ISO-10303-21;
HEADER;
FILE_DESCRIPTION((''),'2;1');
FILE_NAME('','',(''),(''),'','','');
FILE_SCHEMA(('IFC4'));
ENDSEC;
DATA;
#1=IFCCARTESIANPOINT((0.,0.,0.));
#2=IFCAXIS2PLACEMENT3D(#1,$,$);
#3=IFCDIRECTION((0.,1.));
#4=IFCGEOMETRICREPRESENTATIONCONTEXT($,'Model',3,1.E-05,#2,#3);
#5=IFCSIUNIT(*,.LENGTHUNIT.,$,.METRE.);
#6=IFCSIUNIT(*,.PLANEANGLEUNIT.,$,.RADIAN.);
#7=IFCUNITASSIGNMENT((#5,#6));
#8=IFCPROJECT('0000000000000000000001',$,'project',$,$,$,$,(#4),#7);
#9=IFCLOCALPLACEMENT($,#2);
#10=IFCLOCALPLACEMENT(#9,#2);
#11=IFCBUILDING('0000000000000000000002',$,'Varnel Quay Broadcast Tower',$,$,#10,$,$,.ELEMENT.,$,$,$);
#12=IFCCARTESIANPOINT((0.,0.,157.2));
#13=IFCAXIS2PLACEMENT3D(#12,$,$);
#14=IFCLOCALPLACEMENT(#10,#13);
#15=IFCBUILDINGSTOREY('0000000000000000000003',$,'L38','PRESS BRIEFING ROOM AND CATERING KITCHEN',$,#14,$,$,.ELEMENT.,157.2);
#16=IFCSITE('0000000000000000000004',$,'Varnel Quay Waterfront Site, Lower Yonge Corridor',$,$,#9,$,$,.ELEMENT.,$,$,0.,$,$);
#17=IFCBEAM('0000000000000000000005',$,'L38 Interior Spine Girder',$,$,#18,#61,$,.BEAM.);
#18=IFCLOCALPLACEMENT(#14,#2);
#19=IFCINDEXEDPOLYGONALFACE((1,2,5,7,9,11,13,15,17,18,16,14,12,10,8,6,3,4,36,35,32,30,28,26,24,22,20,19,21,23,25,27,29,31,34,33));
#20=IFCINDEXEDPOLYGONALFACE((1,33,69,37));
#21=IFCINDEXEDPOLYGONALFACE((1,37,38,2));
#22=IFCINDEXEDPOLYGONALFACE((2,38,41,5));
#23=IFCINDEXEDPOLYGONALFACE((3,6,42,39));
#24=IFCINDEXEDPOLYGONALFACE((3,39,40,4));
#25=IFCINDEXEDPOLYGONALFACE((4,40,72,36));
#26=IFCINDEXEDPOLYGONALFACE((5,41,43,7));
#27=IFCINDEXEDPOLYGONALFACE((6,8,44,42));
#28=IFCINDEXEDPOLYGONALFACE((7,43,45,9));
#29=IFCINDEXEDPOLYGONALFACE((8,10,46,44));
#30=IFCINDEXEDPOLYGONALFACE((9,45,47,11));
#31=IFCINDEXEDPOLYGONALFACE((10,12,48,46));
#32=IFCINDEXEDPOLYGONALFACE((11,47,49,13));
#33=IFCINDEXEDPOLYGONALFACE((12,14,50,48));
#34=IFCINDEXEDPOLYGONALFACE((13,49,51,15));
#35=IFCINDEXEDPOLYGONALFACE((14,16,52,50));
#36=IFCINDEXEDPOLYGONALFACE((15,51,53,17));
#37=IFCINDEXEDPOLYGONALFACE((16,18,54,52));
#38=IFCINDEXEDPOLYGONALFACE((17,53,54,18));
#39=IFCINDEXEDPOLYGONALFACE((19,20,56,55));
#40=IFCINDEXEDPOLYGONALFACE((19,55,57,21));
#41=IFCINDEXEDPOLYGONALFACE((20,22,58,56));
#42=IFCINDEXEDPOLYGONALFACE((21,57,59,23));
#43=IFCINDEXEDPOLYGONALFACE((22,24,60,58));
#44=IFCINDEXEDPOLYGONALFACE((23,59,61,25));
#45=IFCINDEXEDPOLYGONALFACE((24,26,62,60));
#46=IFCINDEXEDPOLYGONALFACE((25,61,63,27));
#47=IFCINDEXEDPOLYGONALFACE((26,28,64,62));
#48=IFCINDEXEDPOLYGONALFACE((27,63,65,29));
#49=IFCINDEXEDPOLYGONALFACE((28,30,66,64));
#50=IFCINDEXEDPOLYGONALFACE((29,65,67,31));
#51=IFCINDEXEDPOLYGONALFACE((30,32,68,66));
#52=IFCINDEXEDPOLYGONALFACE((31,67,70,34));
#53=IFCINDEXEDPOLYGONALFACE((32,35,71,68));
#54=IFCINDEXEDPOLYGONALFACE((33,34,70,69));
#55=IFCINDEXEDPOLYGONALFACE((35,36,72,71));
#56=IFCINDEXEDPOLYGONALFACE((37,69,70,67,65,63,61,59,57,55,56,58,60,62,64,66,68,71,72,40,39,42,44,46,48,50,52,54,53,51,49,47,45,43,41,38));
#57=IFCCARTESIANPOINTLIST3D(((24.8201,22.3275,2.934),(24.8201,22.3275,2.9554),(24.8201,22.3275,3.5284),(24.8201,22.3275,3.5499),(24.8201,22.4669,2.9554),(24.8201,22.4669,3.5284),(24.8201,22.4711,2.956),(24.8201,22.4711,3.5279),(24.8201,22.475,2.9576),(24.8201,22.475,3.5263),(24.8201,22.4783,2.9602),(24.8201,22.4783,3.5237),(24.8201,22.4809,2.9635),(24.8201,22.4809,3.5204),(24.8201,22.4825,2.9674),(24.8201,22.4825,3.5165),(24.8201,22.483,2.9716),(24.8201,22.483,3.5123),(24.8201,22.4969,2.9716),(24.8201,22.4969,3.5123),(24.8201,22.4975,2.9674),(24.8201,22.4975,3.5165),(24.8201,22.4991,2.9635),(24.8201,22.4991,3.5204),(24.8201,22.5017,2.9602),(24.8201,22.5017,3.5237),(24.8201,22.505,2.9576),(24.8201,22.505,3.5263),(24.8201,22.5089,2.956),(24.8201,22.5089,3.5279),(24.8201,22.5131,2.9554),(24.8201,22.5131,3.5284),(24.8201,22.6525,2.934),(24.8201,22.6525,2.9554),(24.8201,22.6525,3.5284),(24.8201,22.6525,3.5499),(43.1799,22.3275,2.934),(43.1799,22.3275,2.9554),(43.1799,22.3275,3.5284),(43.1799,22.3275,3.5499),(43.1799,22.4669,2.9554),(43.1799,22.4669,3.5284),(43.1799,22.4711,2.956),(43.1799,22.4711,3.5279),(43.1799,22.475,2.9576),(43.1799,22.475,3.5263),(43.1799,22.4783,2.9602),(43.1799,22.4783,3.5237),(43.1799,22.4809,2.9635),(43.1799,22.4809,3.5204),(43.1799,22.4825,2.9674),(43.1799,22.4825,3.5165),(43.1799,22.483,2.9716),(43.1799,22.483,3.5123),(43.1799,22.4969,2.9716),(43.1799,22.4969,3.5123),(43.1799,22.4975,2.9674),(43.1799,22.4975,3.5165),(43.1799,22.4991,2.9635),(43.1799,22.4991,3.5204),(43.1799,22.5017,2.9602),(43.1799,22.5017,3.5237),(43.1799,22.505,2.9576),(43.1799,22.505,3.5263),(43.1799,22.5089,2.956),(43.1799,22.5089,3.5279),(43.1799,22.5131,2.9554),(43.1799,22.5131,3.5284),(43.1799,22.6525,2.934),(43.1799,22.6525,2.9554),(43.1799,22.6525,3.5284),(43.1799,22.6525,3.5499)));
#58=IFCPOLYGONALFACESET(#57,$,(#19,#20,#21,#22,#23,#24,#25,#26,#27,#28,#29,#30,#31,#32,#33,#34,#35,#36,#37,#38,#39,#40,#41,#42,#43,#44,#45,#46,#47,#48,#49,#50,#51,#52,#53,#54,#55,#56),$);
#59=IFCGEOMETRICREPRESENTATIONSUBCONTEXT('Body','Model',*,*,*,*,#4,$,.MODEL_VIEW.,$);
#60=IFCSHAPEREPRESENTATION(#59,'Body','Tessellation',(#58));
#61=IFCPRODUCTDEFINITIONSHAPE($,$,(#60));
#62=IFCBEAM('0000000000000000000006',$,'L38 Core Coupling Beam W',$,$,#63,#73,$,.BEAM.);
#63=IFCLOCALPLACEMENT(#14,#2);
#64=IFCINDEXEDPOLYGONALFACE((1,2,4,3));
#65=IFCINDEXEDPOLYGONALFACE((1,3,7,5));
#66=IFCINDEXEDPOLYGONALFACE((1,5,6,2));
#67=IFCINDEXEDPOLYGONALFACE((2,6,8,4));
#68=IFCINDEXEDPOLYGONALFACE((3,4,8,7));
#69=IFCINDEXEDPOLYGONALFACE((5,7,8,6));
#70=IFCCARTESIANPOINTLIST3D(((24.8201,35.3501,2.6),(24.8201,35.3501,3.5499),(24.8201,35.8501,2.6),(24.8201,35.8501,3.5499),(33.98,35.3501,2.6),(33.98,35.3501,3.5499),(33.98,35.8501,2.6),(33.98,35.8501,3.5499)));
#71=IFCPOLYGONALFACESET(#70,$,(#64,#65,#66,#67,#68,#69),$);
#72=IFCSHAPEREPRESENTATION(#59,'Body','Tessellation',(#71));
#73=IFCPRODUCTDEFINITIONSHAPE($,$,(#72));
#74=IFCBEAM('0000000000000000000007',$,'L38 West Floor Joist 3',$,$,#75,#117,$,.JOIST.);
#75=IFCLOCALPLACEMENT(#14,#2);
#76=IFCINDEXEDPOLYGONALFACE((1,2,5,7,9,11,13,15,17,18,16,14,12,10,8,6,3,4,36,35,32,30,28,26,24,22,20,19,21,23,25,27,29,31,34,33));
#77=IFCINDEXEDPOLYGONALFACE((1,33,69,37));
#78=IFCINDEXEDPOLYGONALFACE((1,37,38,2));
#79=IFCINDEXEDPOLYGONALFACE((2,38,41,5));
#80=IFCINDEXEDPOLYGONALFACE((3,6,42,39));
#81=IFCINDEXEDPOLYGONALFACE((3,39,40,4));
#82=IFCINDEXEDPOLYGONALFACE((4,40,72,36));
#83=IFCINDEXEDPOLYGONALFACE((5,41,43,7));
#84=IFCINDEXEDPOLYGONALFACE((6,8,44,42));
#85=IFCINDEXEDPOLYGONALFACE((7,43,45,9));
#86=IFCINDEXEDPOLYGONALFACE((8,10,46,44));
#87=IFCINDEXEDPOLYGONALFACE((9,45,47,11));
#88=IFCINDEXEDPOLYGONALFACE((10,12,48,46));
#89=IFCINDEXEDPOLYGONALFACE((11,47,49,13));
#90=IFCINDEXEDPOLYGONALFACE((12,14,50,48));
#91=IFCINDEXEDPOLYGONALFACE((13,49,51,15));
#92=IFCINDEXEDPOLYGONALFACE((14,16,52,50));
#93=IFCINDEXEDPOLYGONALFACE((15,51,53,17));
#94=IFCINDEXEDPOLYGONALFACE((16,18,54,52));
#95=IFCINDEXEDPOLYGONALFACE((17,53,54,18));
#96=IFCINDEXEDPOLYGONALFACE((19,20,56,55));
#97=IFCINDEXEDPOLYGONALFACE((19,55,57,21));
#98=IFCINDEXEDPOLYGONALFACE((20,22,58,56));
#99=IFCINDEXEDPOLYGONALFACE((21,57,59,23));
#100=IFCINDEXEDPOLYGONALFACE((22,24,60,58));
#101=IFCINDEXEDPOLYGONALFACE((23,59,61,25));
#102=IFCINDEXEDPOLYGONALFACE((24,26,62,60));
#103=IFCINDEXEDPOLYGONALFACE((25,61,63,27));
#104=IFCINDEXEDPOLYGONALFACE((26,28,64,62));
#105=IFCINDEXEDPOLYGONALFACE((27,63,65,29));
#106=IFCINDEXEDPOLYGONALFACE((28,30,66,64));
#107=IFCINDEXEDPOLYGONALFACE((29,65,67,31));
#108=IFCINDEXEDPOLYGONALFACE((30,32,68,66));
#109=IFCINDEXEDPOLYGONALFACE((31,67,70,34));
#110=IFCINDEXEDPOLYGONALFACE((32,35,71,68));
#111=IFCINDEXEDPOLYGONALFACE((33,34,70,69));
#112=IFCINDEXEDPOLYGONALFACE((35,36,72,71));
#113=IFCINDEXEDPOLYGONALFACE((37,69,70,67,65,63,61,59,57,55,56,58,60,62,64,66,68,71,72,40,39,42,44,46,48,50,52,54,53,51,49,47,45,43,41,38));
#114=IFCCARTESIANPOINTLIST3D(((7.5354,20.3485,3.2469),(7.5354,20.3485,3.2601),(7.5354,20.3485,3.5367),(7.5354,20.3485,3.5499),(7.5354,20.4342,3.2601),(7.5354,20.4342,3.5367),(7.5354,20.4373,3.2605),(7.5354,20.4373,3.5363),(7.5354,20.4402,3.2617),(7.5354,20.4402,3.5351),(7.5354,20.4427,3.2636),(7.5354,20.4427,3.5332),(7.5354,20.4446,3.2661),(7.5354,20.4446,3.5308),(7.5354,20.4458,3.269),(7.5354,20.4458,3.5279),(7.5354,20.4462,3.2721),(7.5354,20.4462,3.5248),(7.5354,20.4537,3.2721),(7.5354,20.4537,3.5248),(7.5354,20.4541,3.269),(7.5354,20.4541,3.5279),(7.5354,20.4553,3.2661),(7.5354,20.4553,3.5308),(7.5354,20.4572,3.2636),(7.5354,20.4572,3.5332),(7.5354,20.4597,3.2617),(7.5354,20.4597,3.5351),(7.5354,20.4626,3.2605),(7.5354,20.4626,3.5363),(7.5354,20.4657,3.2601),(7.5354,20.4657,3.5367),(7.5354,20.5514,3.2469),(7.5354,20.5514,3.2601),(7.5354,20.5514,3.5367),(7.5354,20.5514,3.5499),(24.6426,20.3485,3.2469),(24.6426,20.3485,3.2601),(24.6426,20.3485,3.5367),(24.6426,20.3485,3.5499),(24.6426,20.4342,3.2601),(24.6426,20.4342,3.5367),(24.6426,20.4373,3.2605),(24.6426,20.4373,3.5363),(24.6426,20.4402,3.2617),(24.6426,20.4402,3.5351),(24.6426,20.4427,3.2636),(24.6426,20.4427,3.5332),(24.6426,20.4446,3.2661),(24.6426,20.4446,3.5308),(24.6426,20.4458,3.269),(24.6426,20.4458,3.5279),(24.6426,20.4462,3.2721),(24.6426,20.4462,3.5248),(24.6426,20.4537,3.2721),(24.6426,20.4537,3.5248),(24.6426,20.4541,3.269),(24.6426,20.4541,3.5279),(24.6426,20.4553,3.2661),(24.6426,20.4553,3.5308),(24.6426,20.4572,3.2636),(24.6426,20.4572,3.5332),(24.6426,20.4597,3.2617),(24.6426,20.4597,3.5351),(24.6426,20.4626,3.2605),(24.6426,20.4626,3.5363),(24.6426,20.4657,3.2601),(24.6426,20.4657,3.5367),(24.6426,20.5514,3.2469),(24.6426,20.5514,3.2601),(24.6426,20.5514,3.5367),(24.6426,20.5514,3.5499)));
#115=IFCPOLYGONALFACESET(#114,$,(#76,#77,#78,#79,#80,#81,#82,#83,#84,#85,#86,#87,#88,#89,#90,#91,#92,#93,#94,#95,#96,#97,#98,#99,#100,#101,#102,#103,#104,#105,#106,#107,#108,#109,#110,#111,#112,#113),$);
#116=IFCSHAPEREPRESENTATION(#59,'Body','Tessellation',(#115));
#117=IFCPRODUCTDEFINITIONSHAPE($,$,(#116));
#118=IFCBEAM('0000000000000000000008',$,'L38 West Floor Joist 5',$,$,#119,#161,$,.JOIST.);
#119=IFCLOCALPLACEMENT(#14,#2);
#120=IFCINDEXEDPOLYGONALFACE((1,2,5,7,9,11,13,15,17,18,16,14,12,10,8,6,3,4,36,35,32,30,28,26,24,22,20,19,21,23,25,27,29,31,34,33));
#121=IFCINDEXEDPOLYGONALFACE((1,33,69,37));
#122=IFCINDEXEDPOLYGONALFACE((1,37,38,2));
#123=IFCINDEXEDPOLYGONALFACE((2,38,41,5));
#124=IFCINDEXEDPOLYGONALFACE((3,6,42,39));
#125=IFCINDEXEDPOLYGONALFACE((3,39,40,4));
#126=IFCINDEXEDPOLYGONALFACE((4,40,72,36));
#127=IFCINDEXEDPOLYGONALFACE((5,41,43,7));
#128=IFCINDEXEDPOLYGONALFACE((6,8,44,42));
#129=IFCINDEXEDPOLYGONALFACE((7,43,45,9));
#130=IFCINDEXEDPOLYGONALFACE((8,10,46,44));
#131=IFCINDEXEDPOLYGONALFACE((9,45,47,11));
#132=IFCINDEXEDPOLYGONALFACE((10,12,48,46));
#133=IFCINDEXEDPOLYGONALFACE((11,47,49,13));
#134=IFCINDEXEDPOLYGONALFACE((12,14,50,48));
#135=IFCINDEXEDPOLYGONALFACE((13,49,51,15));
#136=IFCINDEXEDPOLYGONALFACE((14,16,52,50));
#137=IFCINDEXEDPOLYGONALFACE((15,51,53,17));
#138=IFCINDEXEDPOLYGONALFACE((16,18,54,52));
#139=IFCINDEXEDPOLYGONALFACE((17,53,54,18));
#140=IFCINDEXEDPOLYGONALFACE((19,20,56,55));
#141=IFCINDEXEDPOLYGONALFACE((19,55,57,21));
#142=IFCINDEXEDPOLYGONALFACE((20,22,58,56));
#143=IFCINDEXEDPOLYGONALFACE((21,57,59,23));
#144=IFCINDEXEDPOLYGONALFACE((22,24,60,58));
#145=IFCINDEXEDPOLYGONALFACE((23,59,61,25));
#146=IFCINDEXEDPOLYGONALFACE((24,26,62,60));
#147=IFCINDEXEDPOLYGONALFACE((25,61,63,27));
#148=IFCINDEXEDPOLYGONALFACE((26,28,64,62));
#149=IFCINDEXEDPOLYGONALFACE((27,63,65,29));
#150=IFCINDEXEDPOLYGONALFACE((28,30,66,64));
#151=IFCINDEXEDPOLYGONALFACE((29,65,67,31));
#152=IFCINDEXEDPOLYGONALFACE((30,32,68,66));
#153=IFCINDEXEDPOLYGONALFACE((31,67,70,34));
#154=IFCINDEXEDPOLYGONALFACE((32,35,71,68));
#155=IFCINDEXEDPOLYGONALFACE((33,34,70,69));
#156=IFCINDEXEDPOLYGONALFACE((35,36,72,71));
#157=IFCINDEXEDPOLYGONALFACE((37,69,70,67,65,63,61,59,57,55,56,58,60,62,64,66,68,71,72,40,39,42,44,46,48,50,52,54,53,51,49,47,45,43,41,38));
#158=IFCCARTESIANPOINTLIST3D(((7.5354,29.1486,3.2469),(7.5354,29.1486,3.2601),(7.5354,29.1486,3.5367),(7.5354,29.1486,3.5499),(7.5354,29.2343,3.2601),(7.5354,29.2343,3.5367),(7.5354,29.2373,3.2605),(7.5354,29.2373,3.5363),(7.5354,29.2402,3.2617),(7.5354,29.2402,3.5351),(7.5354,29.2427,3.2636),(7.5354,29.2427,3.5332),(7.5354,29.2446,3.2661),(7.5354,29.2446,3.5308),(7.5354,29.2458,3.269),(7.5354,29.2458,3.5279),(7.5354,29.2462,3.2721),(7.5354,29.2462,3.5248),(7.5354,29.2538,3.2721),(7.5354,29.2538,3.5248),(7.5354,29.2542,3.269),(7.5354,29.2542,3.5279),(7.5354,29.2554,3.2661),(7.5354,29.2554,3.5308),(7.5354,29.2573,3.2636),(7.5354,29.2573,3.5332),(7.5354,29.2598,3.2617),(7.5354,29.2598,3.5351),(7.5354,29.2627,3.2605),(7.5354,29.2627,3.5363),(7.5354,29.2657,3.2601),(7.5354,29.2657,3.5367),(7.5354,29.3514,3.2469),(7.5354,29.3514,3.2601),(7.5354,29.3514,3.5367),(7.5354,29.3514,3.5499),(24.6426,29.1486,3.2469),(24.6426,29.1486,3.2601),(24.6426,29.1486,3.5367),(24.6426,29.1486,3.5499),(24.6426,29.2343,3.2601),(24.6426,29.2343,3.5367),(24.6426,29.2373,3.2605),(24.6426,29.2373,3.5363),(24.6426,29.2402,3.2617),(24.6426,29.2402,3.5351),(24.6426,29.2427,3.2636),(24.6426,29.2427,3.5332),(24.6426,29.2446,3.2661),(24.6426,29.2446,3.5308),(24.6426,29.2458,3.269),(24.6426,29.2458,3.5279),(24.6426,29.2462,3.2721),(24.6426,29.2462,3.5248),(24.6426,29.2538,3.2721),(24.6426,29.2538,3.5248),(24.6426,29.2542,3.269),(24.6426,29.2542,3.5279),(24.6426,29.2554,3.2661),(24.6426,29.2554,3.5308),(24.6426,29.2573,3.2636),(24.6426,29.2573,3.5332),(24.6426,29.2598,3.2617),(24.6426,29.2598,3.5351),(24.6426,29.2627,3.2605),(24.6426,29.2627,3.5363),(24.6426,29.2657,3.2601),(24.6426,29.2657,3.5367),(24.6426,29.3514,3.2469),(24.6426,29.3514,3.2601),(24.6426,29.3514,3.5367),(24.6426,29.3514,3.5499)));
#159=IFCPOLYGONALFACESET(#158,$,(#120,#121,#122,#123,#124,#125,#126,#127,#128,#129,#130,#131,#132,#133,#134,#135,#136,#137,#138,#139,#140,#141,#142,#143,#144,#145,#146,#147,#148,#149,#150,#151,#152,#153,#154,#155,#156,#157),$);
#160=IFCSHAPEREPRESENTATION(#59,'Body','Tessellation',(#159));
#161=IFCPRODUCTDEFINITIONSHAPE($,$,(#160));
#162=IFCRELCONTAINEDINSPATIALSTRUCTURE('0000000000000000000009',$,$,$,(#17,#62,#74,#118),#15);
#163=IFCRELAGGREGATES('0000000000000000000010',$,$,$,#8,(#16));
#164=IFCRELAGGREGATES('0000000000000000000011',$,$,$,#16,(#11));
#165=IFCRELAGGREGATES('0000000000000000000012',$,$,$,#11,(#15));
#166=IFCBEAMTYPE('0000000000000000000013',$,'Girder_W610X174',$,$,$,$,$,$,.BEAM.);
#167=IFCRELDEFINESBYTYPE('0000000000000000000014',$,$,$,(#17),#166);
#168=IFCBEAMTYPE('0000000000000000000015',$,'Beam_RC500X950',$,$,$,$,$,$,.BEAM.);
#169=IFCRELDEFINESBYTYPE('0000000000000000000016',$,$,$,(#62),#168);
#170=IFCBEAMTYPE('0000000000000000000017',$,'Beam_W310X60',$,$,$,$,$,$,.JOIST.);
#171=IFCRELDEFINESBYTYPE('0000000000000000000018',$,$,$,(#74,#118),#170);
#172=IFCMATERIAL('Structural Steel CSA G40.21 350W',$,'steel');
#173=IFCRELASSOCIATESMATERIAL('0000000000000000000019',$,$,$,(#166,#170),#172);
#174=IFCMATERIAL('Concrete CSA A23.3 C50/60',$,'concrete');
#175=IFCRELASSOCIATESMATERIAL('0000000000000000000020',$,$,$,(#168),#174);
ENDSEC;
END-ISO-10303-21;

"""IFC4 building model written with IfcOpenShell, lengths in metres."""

from ifc_helpers import new_model, si_unit, direction, frame, origin, origin_2d, place, context, subcontext, project, spatial, rectangle, i_section, extrude, source, transform, mapped, material, material_profile, profile_set, type_object, type_shapes, element, save


model = new_model("IFC4")

# Units and contexts
model_context = context("Model", 3, precision=1e-05, world=origin(), true_north=direction((0.0, 1.0)))
body_context = subcontext(model_context, "Body", "Model", "MODEL_VIEW")
ifc_project = project(units=[si_unit("LENGTHUNIT", "METRE"), si_unit("PLANEANGLEUNIT", "RADIAN")], contexts=[model_context])

# Site, building, storey
site_placement = place(None, origin())
site = spatial("IfcSite", under=ifc_project, at=site_placement, Name="Varnel Quay Waterfront Site, Lower Yonge Corridor", CompositionType="ELEMENT", RefElevation=0.0)
building_placement = place(site_placement, origin())
building = spatial("IfcBuilding", under=site, at=building_placement, Name="Varnel Quay Broadcast Tower", CompositionType="ELEMENT")
storey_placement = place(building_placement, frame((0.0, 0.0, 157.2)))
storey = spatial("IfcBuildingStorey", under=building, at=storey_placement, Name="L38", Description="PRESS BRIEFING ROOM AND CATERING KITCHEN", CompositionType="ELEMENT", Elevation=157.2)

# Shared definitions
ifc_material_1 = material(Name="Concrete CSA A23.3 C50/60", Category="concrete")

# Beams
ifc_material_2 = material(Name="Structural Steel CSA G40.21 350W", Category="steel")
ifc_material_profile_1 = material_profile(ifc_material_2, i_section(OverallWidth=0.325, OverallDepth=0.616, WebThickness=0.0139, FlangeThickness=0.0215, FilletRadius=0.0161, at=origin_2d()), Name="W610X174")
ifc_profile_set_1 = profile_set([ifc_material_profile_1], Name="Structural Steel CSA G40.21 350W")
beam_type_1 = type_object("IfcBeamType", Name="Girder_W610X174", PredefinedType="BEAM", material=ifc_profile_set_1)
shared_shape_1 = source(origin(), body_context, "Body", "SweptSolid", [
    extrude(i_section(OverallWidth=0.325, OverallDepth=0.616, WebThickness=0.0139, FlangeThickness=0.0215, FilletRadius=0.0161, at=origin_2d()), origin(), (0.0, 0.0, 1.0), 18.3599),
])
beam_1_placement = place(storey_placement, frame((24.8201, 22.49, 3.2419), z_axis=(1.0, 0.0, 0.0), x_axis=(0.0, 1.0, 0.0)))
element("IfcBeam", 1, at=beam_1_placement, inside=storey, type_object=beam_type_1, Name="L38 Interior Spine Girder", PredefinedType="BEAM", context=body_context, shape_type="MappedRepresentation", body=[
    mapped(shared_shape_1, transform((0.0, 0.0, 0.0), x_axis=(1.0, 0.0, 0.0), y_axis=(0.0, 1.0, 0.0), z_axis=(0.0, 0.0, 1.0), scale=1.0)),
])
ifc_material_profile_2 = material_profile(ifc_material_1, rectangle(XDim=0.5, YDim=0.95, at=origin_2d()), Name="RC500X950")
ifc_profile_set_2 = profile_set([ifc_material_profile_2], Name="Concrete CSA A23.3 C50/60")
beam_type_2 = type_object("IfcBeamType", Name="Beam_RC500X950", PredefinedType="BEAM", material=ifc_profile_set_2)
shared_shape_2 = source(origin(), body_context, "Body", "SweptSolid", [
    extrude(rectangle(XDim=0.5, YDim=0.95, at=origin_2d()), origin(), (0.0, 0.0, 1.0), 9.1599),
])
type_shapes(beam_type_2, [shared_shape_2])
beam_2_placement = place(storey_placement, frame((24.8201, 35.6001, 3.075), z_axis=(1.0, 0.0, 0.0), x_axis=(0.0, 1.0, 0.0)))
element("IfcBeam", 2, at=beam_2_placement, inside=storey, type_object=beam_type_2, Name="L38 Core Coupling Beam W", PredefinedType="BEAM", context=body_context, shape_type="MappedRepresentation", body=[
    mapped(shared_shape_2, transform((0.0, 0.0, 0.0), x_axis=(1.0, 0.0, 0.0), y_axis=(0.0, 1.0, 0.0), z_axis=(0.0, 0.0, 1.0), scale=1.0)),
])
ifc_material_profile_3 = material_profile(ifc_material_2, i_section(OverallWidth=0.2029, OverallDepth=0.303, WebThickness=0.0076, FlangeThickness=0.0132, FilletRadius=0.012, at=origin_2d()), Name="W310X60")
ifc_profile_set_3 = profile_set([ifc_material_profile_3], Name="Structural Steel CSA G40.21 350W")
beam_type_3 = type_object("IfcBeamType", Name="Beam_W310X60", PredefinedType="JOIST", material=ifc_profile_set_3)
shared_shape_3 = source(origin(), body_context, "Body", "SweptSolid", [
    extrude(i_section(OverallWidth=0.2029, OverallDepth=0.303, WebThickness=0.0076, FlangeThickness=0.0132, FilletRadius=0.012, at=origin_2d()), origin(), (0.0, 0.0, 1.0), 17.1072),
])
for number, where, z_axis, x_axis, name in (
    (3, (7.5354, 20.45, 3.3984), (1.0, 0.0, 0.0), (0.0, 1.0, 0.0), "L38 West Floor Joist 3"),
    (4, (7.5354, 29.25, 3.3984), (1.0, 0.0, 0.0), (0.0, 1.0, 0.0), "L38 West Floor Joist 5"),
):
    element("IfcBeam", number, at=place(storey_placement, frame(where, z_axis=z_axis, x_axis=x_axis)), inside=storey, type_object=beam_type_3, Name=name, PredefinedType="JOIST", context=body_context, shape_type="MappedRepresentation", body=[
        mapped(shared_shape_3, transform((0.0, 0.0, 0.0), x_axis=(1.0, 0.0, 0.0), y_axis=(0.0, 1.0, 0.0), z_axis=(0.0, 0.0, 1.0), scale=1.0)),
    ])

save(model, "model.ifc")
